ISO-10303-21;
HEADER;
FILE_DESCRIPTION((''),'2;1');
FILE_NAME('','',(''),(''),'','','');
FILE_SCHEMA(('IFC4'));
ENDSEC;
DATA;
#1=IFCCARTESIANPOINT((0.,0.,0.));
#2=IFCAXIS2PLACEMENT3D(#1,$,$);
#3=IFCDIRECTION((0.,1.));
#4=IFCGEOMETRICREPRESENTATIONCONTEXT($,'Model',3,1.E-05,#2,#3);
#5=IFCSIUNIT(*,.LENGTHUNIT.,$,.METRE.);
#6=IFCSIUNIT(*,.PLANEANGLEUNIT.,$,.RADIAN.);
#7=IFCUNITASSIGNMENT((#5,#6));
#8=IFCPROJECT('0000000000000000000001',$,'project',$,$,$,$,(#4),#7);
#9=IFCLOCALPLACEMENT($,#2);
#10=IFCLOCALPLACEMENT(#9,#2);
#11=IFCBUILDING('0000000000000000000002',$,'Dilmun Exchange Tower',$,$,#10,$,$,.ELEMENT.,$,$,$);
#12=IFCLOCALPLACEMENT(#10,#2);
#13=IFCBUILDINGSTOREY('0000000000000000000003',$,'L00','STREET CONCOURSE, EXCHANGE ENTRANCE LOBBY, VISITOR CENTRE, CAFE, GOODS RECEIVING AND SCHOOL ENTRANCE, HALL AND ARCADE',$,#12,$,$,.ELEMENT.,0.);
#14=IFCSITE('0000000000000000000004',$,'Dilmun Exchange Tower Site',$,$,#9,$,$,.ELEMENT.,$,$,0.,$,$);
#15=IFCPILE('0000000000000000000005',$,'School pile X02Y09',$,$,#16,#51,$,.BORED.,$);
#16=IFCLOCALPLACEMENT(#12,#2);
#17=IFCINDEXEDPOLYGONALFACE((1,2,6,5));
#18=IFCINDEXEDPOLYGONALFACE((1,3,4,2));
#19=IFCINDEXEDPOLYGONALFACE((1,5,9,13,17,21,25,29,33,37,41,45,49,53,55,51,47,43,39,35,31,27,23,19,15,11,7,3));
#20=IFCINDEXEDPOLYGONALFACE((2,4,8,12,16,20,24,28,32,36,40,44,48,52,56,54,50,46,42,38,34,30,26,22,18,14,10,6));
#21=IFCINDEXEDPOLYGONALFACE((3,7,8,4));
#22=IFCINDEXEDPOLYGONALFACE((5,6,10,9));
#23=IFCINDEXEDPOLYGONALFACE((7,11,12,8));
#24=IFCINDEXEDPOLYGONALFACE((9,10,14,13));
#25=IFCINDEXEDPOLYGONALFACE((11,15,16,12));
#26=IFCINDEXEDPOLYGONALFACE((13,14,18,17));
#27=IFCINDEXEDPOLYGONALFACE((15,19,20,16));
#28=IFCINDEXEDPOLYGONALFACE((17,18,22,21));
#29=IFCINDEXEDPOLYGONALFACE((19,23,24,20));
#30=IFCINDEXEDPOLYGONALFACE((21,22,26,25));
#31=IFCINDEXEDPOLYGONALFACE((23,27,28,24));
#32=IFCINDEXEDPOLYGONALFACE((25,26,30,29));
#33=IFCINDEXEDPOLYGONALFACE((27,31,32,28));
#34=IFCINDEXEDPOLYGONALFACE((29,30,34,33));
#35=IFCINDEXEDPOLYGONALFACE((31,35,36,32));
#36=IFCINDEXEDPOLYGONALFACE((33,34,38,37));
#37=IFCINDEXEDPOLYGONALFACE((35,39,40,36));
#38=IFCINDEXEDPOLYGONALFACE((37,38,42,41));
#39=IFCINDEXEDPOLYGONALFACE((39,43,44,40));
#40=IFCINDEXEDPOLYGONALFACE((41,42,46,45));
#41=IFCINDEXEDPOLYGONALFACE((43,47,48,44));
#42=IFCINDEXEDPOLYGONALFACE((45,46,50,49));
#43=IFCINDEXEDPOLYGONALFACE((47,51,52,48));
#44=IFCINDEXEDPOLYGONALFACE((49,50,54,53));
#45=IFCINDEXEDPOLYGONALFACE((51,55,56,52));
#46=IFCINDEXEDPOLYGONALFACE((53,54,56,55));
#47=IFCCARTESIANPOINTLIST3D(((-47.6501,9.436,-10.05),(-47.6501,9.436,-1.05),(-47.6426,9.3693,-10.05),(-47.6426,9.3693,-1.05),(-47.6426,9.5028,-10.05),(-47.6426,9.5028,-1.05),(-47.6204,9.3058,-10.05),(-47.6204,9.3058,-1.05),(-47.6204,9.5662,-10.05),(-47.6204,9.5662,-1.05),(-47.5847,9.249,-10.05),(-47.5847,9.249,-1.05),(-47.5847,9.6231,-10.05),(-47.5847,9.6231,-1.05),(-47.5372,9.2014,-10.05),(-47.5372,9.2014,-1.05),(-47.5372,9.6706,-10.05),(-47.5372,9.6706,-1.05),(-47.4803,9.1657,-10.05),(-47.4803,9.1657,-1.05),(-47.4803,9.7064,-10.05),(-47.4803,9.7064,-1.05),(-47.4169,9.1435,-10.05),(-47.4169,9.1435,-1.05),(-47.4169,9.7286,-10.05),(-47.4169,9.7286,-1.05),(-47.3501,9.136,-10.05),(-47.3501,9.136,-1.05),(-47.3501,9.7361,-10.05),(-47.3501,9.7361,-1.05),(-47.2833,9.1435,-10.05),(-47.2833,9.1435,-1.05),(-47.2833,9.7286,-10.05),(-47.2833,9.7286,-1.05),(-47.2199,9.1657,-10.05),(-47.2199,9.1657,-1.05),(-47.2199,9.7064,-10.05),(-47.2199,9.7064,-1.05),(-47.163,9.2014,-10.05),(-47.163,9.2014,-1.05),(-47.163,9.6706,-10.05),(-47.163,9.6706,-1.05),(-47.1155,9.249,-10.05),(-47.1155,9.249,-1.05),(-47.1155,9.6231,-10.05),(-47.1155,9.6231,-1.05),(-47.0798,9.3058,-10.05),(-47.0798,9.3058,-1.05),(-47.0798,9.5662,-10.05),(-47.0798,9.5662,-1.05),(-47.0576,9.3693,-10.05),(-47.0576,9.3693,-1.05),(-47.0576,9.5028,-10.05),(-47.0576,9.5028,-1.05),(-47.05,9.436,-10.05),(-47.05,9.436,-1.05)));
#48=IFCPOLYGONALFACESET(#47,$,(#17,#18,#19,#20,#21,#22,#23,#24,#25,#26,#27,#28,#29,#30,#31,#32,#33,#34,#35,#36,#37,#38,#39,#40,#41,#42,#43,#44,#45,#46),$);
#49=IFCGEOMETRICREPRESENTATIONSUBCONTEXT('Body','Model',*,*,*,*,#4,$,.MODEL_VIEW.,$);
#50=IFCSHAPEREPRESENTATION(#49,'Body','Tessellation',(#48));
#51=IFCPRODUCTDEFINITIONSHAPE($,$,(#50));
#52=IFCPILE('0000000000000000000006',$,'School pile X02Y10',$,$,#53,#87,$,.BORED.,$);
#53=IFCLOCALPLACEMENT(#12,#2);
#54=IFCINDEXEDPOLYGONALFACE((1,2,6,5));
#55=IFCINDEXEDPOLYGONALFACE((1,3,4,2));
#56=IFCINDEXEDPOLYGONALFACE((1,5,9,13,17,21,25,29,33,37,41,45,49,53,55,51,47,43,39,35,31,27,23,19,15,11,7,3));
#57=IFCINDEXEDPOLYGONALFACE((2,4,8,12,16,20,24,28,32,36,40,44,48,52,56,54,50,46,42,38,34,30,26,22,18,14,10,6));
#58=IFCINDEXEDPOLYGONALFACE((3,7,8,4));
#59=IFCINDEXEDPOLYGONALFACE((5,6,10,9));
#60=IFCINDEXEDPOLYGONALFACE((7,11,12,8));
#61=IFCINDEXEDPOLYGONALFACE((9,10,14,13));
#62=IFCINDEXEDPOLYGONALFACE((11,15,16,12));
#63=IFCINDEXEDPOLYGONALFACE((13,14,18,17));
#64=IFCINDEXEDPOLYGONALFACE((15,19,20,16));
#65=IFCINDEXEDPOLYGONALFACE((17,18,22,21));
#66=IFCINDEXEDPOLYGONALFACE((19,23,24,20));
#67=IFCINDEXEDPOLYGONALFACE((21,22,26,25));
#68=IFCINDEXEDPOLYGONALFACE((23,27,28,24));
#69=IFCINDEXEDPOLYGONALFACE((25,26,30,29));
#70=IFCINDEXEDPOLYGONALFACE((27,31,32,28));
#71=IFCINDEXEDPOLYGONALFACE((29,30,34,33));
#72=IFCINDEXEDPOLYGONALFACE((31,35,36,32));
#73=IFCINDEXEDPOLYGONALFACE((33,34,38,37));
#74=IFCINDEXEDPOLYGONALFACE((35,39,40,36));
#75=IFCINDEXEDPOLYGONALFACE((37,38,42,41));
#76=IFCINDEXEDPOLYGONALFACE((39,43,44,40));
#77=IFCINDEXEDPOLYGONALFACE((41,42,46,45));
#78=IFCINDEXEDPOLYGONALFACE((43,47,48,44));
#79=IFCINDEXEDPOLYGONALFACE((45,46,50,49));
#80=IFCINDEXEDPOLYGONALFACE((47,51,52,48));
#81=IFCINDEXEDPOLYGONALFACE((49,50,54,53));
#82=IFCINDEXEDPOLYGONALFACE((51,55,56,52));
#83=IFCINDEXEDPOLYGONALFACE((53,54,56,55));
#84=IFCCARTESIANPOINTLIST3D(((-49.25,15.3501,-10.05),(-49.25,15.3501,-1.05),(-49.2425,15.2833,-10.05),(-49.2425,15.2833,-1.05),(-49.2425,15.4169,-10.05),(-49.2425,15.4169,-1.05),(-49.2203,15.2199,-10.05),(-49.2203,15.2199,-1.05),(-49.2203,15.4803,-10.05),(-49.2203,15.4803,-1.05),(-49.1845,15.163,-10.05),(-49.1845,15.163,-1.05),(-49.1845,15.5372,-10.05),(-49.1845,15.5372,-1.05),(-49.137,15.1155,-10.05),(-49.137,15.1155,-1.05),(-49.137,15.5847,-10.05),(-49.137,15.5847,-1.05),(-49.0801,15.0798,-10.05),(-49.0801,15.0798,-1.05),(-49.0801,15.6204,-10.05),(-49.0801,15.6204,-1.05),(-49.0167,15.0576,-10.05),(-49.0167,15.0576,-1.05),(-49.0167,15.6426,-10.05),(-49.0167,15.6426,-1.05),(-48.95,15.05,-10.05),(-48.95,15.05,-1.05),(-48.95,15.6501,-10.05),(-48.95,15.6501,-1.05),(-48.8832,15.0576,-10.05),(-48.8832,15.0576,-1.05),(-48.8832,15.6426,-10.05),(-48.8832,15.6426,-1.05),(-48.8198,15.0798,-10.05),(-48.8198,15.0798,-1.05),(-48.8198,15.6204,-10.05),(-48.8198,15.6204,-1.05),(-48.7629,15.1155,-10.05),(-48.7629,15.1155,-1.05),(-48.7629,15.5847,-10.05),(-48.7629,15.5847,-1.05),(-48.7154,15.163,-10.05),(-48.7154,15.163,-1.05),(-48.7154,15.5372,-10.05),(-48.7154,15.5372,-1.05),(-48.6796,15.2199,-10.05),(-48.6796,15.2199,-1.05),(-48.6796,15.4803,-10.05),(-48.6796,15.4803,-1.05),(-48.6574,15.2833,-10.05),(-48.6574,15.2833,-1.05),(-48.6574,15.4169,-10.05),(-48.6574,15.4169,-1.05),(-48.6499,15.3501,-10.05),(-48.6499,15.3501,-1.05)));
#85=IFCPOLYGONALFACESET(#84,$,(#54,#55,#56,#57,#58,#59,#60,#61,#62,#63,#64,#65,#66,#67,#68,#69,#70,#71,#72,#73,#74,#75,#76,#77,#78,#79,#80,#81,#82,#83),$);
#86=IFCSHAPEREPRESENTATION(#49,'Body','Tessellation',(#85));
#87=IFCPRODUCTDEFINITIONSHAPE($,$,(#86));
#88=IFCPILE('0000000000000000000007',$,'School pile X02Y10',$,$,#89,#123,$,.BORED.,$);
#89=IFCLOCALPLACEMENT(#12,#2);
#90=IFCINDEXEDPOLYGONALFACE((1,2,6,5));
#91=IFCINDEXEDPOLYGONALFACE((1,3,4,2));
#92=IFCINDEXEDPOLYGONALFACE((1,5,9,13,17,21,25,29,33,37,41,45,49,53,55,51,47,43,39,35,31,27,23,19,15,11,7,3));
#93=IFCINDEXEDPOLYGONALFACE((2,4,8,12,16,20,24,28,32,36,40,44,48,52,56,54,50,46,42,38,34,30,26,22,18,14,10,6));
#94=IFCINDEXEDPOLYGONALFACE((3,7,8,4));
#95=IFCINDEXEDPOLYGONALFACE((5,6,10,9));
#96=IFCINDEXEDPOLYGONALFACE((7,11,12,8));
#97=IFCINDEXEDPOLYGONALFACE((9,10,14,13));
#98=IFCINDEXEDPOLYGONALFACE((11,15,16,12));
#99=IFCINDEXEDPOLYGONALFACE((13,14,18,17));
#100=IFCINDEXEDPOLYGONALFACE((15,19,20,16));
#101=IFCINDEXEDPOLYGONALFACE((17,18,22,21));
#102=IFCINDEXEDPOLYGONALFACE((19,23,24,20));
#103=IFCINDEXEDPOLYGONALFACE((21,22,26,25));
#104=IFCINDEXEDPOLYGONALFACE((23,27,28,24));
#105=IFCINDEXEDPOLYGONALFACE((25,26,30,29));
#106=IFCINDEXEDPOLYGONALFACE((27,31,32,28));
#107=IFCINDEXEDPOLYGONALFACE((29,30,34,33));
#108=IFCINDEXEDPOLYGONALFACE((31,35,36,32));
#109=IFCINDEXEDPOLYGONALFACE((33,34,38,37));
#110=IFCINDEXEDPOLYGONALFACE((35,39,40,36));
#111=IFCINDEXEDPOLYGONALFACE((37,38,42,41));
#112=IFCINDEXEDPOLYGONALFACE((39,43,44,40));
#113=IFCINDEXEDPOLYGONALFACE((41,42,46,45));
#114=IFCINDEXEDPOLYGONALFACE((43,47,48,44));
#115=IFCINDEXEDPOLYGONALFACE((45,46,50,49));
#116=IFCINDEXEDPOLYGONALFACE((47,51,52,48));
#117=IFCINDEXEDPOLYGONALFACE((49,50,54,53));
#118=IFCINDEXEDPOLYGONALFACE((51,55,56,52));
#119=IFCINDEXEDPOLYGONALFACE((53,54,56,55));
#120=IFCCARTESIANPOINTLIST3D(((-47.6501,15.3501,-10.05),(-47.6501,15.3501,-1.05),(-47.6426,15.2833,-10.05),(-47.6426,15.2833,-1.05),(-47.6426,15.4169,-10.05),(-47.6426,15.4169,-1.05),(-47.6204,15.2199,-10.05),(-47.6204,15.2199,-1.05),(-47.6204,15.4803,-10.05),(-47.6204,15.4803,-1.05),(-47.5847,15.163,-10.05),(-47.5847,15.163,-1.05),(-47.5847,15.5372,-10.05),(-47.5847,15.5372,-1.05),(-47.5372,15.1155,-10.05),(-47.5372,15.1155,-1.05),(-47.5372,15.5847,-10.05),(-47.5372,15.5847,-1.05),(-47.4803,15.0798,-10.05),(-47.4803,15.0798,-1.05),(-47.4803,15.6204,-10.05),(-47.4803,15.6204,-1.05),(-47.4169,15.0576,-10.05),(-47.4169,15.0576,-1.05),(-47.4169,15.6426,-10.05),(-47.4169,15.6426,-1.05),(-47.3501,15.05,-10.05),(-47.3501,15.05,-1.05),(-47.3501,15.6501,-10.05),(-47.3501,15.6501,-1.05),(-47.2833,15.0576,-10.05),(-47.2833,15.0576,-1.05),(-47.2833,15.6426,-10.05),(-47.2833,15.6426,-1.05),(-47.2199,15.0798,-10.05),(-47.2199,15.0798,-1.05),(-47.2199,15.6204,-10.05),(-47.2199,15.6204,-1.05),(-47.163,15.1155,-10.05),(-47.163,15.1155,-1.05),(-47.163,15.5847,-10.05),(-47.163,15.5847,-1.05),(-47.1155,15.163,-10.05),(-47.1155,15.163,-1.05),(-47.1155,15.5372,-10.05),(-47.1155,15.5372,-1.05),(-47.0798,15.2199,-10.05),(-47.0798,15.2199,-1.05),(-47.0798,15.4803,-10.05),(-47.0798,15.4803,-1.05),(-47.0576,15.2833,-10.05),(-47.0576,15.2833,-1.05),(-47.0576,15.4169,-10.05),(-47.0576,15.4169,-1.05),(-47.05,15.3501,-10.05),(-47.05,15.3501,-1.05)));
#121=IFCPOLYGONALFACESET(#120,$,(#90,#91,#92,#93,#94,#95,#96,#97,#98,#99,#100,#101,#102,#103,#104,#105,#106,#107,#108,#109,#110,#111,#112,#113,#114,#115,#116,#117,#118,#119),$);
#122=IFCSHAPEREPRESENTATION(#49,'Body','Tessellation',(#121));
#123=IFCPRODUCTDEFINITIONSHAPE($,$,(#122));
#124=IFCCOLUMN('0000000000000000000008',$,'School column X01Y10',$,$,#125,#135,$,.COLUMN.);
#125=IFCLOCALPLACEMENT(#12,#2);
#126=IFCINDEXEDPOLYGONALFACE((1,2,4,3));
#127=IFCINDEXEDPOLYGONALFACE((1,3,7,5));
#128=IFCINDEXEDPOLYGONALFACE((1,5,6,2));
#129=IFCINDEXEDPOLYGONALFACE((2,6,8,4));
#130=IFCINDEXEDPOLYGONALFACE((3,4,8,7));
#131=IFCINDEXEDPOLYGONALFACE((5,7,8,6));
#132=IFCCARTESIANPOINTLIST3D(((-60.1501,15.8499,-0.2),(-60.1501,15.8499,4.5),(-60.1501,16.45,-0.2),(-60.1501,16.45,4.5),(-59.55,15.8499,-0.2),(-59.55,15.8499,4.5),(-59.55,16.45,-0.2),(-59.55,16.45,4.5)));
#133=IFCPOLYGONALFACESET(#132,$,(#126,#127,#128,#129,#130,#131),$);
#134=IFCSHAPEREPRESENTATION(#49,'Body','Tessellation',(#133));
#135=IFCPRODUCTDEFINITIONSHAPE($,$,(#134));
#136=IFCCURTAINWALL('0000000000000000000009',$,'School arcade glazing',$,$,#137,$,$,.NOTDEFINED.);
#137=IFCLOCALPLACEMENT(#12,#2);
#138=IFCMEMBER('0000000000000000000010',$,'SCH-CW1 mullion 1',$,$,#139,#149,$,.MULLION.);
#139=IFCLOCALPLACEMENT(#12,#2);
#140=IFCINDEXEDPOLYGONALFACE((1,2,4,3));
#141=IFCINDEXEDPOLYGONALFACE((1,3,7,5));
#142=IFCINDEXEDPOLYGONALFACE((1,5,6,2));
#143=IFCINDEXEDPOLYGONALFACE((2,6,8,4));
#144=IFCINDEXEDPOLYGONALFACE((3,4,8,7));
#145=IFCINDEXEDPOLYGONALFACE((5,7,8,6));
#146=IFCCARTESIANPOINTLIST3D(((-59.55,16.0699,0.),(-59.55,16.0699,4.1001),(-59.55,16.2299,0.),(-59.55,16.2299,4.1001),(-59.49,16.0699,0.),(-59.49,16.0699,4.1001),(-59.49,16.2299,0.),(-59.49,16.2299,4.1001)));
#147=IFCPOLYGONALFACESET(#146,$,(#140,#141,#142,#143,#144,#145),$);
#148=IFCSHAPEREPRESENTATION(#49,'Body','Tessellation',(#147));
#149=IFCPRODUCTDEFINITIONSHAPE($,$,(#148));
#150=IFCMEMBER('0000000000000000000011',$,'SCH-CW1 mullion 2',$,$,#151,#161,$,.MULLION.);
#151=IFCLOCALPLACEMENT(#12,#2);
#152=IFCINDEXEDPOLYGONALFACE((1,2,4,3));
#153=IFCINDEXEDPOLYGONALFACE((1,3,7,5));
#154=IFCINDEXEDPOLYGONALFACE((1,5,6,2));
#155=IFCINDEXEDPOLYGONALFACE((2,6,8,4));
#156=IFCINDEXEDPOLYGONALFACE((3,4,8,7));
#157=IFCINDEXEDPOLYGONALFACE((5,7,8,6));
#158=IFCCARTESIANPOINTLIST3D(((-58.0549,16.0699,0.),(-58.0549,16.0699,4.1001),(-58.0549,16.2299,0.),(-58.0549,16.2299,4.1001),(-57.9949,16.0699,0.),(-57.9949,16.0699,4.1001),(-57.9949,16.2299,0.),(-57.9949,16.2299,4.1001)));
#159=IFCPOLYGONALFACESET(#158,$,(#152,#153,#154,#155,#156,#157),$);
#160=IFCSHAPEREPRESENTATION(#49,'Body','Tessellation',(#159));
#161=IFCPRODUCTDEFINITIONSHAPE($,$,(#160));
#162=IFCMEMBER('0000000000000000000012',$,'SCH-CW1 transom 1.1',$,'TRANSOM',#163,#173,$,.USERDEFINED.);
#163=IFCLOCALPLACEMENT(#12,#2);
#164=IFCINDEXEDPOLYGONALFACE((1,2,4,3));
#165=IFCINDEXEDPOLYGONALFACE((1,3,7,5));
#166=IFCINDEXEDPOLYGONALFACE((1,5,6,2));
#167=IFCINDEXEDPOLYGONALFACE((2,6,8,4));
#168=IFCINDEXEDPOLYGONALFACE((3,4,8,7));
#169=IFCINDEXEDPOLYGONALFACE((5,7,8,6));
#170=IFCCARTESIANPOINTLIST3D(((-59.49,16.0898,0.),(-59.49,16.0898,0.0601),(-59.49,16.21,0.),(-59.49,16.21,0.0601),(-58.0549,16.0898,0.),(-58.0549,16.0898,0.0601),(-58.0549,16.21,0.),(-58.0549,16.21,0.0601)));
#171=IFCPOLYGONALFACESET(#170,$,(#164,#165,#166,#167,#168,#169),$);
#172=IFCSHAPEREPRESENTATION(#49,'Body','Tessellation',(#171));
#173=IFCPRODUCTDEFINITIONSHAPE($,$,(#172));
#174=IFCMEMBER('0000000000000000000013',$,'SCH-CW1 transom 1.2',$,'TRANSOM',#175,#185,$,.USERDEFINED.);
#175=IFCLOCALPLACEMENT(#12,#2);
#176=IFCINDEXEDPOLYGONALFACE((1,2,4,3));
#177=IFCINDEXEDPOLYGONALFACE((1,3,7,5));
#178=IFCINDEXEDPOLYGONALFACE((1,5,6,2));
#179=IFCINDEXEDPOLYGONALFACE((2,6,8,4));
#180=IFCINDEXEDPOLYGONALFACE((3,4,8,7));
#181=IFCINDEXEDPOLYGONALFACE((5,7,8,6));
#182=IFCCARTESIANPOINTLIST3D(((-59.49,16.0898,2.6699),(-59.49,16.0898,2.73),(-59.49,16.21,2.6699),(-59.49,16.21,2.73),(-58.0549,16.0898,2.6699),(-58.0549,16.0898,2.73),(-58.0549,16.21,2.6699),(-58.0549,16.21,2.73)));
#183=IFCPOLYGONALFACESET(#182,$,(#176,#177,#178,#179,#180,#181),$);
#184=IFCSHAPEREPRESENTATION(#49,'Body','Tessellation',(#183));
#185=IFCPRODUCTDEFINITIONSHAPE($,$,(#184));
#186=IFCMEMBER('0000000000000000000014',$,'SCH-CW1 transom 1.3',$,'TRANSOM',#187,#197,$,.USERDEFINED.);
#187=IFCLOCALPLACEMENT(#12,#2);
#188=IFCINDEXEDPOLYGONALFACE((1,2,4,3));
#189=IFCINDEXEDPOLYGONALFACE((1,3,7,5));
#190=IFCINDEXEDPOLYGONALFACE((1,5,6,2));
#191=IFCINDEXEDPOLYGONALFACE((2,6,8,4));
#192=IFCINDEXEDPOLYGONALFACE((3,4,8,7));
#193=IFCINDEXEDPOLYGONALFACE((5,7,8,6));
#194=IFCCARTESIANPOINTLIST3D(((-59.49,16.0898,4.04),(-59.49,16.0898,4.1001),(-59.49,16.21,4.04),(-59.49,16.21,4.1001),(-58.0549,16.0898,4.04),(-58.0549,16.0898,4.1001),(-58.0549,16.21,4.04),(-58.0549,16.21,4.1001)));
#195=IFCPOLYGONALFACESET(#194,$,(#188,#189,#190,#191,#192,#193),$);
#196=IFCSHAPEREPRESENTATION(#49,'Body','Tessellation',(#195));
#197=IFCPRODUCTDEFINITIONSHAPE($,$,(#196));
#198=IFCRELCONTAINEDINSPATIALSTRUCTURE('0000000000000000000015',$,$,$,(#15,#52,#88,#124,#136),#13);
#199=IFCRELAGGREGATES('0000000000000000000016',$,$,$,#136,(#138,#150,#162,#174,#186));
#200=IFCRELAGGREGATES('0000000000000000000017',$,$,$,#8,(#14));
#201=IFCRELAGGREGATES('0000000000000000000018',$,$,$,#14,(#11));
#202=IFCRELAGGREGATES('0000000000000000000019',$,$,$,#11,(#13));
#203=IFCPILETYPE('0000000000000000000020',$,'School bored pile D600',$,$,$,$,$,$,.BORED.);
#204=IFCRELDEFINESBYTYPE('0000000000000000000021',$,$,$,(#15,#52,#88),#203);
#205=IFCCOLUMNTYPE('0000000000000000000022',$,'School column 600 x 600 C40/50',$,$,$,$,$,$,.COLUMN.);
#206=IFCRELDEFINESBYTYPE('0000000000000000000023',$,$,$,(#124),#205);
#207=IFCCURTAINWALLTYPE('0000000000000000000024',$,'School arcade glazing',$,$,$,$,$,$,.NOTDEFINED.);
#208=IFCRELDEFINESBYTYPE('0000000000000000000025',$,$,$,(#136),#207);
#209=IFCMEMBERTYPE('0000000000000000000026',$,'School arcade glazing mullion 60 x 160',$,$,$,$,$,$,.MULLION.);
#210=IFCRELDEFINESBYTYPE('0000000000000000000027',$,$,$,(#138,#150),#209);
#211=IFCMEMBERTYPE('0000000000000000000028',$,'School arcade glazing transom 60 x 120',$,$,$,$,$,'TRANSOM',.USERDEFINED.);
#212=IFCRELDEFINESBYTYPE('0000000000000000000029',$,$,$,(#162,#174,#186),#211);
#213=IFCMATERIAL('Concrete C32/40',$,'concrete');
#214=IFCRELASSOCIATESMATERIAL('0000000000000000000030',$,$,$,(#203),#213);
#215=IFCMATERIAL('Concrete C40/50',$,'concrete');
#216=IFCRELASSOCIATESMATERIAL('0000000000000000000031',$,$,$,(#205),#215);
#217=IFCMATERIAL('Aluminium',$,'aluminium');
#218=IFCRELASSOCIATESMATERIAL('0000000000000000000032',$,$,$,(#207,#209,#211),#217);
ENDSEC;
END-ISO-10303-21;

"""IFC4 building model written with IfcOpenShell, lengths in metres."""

from ifc_helpers import new_model, si_unit, direction, frame, origin, origin_2d, place, context, subcontext, project, spatial, rectangle, circle, extrude, material, material_profile, profile_set, type_object, element, aggregate, save


model = new_model("IFC4")

# Units and contexts
model_context = context("Model", 3, precision=1e-05, world=origin(), true_north=direction((0.0, 1.0)))
body_context = subcontext(model_context, "Body", "Model", "MODEL_VIEW")
ifc_project = project(units=[si_unit("LENGTHUNIT", "METRE"), si_unit("PLANEANGLEUNIT", "RADIAN")], contexts=[model_context])

# Site, building, storey
site_placement = place(None, origin())
site = spatial("IfcSite", under=ifc_project, at=site_placement, Name="Dilmun Exchange Tower Site", CompositionType="ELEMENT", RefElevation=0.0)
building_placement = place(site_placement, origin())
building = spatial("IfcBuilding", under=site, at=building_placement, Name="Dilmun Exchange Tower", CompositionType="ELEMENT")
storey_placement = place(building_placement, origin())
storey = spatial("IfcBuildingStorey", under=building, at=storey_placement, Name="L00", Description="STREET CONCOURSE, EXCHANGE ENTRANCE LOBBY, VISITOR CENTRE, CAFE, GOODS RECEIVING AND SCHOOL ENTRANCE, HALL AND ARCADE", CompositionType="ELEMENT", Elevation=0.0)

# Piles
ifc_material_1 = material(Name="Concrete C32/40", Category="concrete")
ifc_material_profile_1 = material_profile(ifc_material_1, circle(Radius=0.3, at=origin_2d()), Name="D600")
ifc_profile_set_1 = profile_set([ifc_material_profile_1], Name="Concrete C32/40")
pile_type = type_object("IfcPileType", Name="School bored pile D600", PredefinedType="BORED", material=ifc_profile_set_1)
for number, where, z_axis, x_axis, name in (
    (1, (-47.3501, 9.436, -1.05), (0.0, 0.0, -1.0), (1.0, 0.0, 0.0), "School pile X02Y09"),
    (2, (-48.95, 15.3501, -1.05), (0.0, 0.0, -1.0), (1.0, 0.0, 0.0), "School pile X02Y10"),
    (3, (-47.3501, 15.3501, -1.05), (0.0, 0.0, -1.0), (1.0, 0.0, 0.0), "School pile X02Y10"),
):
    element("IfcPile", number, at=place(storey_placement, frame(where, z_axis=z_axis, x_axis=x_axis)), inside=storey, type_object=pile_type, Name=name, PredefinedType="BORED", context=body_context, shape_type="SweptSolid", body=[
        extrude(circle(Radius=0.3, at=origin_2d()), origin(), (0.0, 0.0, 1.0), 9.0),
    ])

# Column
ifc_material_2 = material(Name="Concrete C40/50", Category="concrete")
ifc_material_profile_2 = material_profile(ifc_material_2, rectangle(XDim=0.6001, YDim=0.6001, at=origin_2d()), Name="600 x 600")
ifc_profile_set_2 = profile_set([ifc_material_profile_2], Name="Concrete C40/50")
column_type = type_object("IfcColumnType", Name="School column 600 x 600 C40/50", PredefinedType="COLUMN", material=ifc_profile_set_2)
column_placement = place(storey_placement, frame((-59.8501, 16.1499, -0.2), z_axis=(0.0, 0.0, 1.0), x_axis=(1.0, 0.0, 0.0)))
element("IfcColumn", 4, at=column_placement, inside=storey, type_object=column_type, Name="School column X01Y10", PredefinedType="COLUMN", context=body_context, shape_type="SweptSolid", body=[
    extrude(rectangle(XDim=0.6001, YDim=0.6001, at=origin_2d()), origin(), (0.0, 0.0, 1.0), 4.7),
])

# Curtain wall, members
ifc_material_3 = material(Name="Aluminium", Category="aluminium")
curtain_wall_type = type_object("IfcCurtainWallType", Name="School arcade glazing", PredefinedType="NOTDEFINED", material=ifc_material_3)
curtain_wall_placement = place(storey_placement, origin())
curtain_wall = element("IfcCurtainWall", 5, at=curtain_wall_placement, inside=storey, type_object=curtain_wall_type, Name="School arcade glazing", PredefinedType="NOTDEFINED")
ifc_material_profile_3 = material_profile(ifc_material_3, rectangle(XDim=0.1599, YDim=0.0601, at=origin_2d()), Name="60 x 160")
ifc_profile_set_3 = profile_set([ifc_material_profile_3], Name="Aluminium")
member_type_1 = type_object("IfcMemberType", Name="School arcade glazing mullion 60 x 160", PredefinedType="MULLION", material=ifc_profile_set_3)
member_1_placement = place(storey_placement, frame((-59.52, 16.1499, 0.0), z_axis=(0.0, 0.0, 1.0), x_axis=(0.0, 1.0, 0.0)))
member_1 = element("IfcMember", 6, at=member_1_placement, type_object=member_type_1, Name="SCH-CW1 mullion 1", PredefinedType="MULLION", context=body_context, shape_type="SweptSolid", body=[
    extrude(rectangle(XDim=0.1599, YDim=0.0601, at=origin_2d()), origin(), (0.0, 0.0, 1.0), 4.1001),
])
member_2_placement = place(storey_placement, frame((-58.0249, 16.1499, 0.0), z_axis=(0.0, 0.0, 1.0), x_axis=(0.0, 1.0, 0.0)))
member_2 = element("IfcMember", 7, at=member_2_placement, type_object=member_type_1, Name="SCH-CW1 mullion 2", PredefinedType="MULLION", context=body_context, shape_type="SweptSolid", body=[
    extrude(rectangle(XDim=0.1599, YDim=0.0601, at=origin_2d()), origin(), (0.0, 0.0, 1.0), 4.1001),
])
ifc_material_profile_4 = material_profile(ifc_material_3, rectangle(XDim=0.1201, YDim=0.0601, at=origin_2d()), Name="60 x 120")
ifc_profile_set_4 = profile_set([ifc_material_profile_4], Name="Aluminium")
member_type_2 = type_object("IfcMemberType", Name="School arcade glazing transom 60 x 120", ElementType="TRANSOM", PredefinedType="USERDEFINED", material=ifc_profile_set_4)
member_3_placement = place(storey_placement, frame((-59.49, 16.1499, 0.03), z_axis=(1.0, 0.0, 0.0), x_axis=(0.0, 1.0, 0.0)))
member_3 = element("IfcMember", 8, at=member_3_placement, type_object=member_type_2, Name="SCH-CW1 transom 1.1", ObjectType="TRANSOM", PredefinedType="USERDEFINED", context=body_context, shape_type="SweptSolid", body=[
    extrude(rectangle(XDim=0.1201, YDim=0.0601, at=origin_2d()), origin(), (0.0, 0.0, 1.0), 1.4351),
])
member_4_placement = place(storey_placement, frame((-59.49, 16.1499, 2.7), z_axis=(1.0, 0.0, 0.0), x_axis=(0.0, 1.0, 0.0)))
member_4 = element("IfcMember", 9, at=member_4_placement, type_object=member_type_2, Name="SCH-CW1 transom 1.2", ObjectType="TRANSOM", PredefinedType="USERDEFINED", context=body_context, shape_type="SweptSolid", body=[
    extrude(rectangle(XDim=0.1201, YDim=0.0601, at=origin_2d()), origin(), (0.0, 0.0, 1.0), 1.4351),
])
member_5_placement = place(storey_placement, frame((-59.49, 16.1499, 4.0701), z_axis=(1.0, 0.0, 0.0), x_axis=(0.0, 1.0, 0.0)))
member_5 = element("IfcMember", 10, at=member_5_placement, type_object=member_type_2, Name="SCH-CW1 transom 1.3", ObjectType="TRANSOM", PredefinedType="USERDEFINED", context=body_context, shape_type="SweptSolid", body=[
    extrude(rectangle(XDim=0.1201, YDim=0.0601, at=origin_2d()), origin(), (0.0, 0.0, 1.0), 1.4351),
])
aggregate(curtain_wall, [member_1, member_2, member_3, member_4, member_5])

save(model, "model.ifc")
